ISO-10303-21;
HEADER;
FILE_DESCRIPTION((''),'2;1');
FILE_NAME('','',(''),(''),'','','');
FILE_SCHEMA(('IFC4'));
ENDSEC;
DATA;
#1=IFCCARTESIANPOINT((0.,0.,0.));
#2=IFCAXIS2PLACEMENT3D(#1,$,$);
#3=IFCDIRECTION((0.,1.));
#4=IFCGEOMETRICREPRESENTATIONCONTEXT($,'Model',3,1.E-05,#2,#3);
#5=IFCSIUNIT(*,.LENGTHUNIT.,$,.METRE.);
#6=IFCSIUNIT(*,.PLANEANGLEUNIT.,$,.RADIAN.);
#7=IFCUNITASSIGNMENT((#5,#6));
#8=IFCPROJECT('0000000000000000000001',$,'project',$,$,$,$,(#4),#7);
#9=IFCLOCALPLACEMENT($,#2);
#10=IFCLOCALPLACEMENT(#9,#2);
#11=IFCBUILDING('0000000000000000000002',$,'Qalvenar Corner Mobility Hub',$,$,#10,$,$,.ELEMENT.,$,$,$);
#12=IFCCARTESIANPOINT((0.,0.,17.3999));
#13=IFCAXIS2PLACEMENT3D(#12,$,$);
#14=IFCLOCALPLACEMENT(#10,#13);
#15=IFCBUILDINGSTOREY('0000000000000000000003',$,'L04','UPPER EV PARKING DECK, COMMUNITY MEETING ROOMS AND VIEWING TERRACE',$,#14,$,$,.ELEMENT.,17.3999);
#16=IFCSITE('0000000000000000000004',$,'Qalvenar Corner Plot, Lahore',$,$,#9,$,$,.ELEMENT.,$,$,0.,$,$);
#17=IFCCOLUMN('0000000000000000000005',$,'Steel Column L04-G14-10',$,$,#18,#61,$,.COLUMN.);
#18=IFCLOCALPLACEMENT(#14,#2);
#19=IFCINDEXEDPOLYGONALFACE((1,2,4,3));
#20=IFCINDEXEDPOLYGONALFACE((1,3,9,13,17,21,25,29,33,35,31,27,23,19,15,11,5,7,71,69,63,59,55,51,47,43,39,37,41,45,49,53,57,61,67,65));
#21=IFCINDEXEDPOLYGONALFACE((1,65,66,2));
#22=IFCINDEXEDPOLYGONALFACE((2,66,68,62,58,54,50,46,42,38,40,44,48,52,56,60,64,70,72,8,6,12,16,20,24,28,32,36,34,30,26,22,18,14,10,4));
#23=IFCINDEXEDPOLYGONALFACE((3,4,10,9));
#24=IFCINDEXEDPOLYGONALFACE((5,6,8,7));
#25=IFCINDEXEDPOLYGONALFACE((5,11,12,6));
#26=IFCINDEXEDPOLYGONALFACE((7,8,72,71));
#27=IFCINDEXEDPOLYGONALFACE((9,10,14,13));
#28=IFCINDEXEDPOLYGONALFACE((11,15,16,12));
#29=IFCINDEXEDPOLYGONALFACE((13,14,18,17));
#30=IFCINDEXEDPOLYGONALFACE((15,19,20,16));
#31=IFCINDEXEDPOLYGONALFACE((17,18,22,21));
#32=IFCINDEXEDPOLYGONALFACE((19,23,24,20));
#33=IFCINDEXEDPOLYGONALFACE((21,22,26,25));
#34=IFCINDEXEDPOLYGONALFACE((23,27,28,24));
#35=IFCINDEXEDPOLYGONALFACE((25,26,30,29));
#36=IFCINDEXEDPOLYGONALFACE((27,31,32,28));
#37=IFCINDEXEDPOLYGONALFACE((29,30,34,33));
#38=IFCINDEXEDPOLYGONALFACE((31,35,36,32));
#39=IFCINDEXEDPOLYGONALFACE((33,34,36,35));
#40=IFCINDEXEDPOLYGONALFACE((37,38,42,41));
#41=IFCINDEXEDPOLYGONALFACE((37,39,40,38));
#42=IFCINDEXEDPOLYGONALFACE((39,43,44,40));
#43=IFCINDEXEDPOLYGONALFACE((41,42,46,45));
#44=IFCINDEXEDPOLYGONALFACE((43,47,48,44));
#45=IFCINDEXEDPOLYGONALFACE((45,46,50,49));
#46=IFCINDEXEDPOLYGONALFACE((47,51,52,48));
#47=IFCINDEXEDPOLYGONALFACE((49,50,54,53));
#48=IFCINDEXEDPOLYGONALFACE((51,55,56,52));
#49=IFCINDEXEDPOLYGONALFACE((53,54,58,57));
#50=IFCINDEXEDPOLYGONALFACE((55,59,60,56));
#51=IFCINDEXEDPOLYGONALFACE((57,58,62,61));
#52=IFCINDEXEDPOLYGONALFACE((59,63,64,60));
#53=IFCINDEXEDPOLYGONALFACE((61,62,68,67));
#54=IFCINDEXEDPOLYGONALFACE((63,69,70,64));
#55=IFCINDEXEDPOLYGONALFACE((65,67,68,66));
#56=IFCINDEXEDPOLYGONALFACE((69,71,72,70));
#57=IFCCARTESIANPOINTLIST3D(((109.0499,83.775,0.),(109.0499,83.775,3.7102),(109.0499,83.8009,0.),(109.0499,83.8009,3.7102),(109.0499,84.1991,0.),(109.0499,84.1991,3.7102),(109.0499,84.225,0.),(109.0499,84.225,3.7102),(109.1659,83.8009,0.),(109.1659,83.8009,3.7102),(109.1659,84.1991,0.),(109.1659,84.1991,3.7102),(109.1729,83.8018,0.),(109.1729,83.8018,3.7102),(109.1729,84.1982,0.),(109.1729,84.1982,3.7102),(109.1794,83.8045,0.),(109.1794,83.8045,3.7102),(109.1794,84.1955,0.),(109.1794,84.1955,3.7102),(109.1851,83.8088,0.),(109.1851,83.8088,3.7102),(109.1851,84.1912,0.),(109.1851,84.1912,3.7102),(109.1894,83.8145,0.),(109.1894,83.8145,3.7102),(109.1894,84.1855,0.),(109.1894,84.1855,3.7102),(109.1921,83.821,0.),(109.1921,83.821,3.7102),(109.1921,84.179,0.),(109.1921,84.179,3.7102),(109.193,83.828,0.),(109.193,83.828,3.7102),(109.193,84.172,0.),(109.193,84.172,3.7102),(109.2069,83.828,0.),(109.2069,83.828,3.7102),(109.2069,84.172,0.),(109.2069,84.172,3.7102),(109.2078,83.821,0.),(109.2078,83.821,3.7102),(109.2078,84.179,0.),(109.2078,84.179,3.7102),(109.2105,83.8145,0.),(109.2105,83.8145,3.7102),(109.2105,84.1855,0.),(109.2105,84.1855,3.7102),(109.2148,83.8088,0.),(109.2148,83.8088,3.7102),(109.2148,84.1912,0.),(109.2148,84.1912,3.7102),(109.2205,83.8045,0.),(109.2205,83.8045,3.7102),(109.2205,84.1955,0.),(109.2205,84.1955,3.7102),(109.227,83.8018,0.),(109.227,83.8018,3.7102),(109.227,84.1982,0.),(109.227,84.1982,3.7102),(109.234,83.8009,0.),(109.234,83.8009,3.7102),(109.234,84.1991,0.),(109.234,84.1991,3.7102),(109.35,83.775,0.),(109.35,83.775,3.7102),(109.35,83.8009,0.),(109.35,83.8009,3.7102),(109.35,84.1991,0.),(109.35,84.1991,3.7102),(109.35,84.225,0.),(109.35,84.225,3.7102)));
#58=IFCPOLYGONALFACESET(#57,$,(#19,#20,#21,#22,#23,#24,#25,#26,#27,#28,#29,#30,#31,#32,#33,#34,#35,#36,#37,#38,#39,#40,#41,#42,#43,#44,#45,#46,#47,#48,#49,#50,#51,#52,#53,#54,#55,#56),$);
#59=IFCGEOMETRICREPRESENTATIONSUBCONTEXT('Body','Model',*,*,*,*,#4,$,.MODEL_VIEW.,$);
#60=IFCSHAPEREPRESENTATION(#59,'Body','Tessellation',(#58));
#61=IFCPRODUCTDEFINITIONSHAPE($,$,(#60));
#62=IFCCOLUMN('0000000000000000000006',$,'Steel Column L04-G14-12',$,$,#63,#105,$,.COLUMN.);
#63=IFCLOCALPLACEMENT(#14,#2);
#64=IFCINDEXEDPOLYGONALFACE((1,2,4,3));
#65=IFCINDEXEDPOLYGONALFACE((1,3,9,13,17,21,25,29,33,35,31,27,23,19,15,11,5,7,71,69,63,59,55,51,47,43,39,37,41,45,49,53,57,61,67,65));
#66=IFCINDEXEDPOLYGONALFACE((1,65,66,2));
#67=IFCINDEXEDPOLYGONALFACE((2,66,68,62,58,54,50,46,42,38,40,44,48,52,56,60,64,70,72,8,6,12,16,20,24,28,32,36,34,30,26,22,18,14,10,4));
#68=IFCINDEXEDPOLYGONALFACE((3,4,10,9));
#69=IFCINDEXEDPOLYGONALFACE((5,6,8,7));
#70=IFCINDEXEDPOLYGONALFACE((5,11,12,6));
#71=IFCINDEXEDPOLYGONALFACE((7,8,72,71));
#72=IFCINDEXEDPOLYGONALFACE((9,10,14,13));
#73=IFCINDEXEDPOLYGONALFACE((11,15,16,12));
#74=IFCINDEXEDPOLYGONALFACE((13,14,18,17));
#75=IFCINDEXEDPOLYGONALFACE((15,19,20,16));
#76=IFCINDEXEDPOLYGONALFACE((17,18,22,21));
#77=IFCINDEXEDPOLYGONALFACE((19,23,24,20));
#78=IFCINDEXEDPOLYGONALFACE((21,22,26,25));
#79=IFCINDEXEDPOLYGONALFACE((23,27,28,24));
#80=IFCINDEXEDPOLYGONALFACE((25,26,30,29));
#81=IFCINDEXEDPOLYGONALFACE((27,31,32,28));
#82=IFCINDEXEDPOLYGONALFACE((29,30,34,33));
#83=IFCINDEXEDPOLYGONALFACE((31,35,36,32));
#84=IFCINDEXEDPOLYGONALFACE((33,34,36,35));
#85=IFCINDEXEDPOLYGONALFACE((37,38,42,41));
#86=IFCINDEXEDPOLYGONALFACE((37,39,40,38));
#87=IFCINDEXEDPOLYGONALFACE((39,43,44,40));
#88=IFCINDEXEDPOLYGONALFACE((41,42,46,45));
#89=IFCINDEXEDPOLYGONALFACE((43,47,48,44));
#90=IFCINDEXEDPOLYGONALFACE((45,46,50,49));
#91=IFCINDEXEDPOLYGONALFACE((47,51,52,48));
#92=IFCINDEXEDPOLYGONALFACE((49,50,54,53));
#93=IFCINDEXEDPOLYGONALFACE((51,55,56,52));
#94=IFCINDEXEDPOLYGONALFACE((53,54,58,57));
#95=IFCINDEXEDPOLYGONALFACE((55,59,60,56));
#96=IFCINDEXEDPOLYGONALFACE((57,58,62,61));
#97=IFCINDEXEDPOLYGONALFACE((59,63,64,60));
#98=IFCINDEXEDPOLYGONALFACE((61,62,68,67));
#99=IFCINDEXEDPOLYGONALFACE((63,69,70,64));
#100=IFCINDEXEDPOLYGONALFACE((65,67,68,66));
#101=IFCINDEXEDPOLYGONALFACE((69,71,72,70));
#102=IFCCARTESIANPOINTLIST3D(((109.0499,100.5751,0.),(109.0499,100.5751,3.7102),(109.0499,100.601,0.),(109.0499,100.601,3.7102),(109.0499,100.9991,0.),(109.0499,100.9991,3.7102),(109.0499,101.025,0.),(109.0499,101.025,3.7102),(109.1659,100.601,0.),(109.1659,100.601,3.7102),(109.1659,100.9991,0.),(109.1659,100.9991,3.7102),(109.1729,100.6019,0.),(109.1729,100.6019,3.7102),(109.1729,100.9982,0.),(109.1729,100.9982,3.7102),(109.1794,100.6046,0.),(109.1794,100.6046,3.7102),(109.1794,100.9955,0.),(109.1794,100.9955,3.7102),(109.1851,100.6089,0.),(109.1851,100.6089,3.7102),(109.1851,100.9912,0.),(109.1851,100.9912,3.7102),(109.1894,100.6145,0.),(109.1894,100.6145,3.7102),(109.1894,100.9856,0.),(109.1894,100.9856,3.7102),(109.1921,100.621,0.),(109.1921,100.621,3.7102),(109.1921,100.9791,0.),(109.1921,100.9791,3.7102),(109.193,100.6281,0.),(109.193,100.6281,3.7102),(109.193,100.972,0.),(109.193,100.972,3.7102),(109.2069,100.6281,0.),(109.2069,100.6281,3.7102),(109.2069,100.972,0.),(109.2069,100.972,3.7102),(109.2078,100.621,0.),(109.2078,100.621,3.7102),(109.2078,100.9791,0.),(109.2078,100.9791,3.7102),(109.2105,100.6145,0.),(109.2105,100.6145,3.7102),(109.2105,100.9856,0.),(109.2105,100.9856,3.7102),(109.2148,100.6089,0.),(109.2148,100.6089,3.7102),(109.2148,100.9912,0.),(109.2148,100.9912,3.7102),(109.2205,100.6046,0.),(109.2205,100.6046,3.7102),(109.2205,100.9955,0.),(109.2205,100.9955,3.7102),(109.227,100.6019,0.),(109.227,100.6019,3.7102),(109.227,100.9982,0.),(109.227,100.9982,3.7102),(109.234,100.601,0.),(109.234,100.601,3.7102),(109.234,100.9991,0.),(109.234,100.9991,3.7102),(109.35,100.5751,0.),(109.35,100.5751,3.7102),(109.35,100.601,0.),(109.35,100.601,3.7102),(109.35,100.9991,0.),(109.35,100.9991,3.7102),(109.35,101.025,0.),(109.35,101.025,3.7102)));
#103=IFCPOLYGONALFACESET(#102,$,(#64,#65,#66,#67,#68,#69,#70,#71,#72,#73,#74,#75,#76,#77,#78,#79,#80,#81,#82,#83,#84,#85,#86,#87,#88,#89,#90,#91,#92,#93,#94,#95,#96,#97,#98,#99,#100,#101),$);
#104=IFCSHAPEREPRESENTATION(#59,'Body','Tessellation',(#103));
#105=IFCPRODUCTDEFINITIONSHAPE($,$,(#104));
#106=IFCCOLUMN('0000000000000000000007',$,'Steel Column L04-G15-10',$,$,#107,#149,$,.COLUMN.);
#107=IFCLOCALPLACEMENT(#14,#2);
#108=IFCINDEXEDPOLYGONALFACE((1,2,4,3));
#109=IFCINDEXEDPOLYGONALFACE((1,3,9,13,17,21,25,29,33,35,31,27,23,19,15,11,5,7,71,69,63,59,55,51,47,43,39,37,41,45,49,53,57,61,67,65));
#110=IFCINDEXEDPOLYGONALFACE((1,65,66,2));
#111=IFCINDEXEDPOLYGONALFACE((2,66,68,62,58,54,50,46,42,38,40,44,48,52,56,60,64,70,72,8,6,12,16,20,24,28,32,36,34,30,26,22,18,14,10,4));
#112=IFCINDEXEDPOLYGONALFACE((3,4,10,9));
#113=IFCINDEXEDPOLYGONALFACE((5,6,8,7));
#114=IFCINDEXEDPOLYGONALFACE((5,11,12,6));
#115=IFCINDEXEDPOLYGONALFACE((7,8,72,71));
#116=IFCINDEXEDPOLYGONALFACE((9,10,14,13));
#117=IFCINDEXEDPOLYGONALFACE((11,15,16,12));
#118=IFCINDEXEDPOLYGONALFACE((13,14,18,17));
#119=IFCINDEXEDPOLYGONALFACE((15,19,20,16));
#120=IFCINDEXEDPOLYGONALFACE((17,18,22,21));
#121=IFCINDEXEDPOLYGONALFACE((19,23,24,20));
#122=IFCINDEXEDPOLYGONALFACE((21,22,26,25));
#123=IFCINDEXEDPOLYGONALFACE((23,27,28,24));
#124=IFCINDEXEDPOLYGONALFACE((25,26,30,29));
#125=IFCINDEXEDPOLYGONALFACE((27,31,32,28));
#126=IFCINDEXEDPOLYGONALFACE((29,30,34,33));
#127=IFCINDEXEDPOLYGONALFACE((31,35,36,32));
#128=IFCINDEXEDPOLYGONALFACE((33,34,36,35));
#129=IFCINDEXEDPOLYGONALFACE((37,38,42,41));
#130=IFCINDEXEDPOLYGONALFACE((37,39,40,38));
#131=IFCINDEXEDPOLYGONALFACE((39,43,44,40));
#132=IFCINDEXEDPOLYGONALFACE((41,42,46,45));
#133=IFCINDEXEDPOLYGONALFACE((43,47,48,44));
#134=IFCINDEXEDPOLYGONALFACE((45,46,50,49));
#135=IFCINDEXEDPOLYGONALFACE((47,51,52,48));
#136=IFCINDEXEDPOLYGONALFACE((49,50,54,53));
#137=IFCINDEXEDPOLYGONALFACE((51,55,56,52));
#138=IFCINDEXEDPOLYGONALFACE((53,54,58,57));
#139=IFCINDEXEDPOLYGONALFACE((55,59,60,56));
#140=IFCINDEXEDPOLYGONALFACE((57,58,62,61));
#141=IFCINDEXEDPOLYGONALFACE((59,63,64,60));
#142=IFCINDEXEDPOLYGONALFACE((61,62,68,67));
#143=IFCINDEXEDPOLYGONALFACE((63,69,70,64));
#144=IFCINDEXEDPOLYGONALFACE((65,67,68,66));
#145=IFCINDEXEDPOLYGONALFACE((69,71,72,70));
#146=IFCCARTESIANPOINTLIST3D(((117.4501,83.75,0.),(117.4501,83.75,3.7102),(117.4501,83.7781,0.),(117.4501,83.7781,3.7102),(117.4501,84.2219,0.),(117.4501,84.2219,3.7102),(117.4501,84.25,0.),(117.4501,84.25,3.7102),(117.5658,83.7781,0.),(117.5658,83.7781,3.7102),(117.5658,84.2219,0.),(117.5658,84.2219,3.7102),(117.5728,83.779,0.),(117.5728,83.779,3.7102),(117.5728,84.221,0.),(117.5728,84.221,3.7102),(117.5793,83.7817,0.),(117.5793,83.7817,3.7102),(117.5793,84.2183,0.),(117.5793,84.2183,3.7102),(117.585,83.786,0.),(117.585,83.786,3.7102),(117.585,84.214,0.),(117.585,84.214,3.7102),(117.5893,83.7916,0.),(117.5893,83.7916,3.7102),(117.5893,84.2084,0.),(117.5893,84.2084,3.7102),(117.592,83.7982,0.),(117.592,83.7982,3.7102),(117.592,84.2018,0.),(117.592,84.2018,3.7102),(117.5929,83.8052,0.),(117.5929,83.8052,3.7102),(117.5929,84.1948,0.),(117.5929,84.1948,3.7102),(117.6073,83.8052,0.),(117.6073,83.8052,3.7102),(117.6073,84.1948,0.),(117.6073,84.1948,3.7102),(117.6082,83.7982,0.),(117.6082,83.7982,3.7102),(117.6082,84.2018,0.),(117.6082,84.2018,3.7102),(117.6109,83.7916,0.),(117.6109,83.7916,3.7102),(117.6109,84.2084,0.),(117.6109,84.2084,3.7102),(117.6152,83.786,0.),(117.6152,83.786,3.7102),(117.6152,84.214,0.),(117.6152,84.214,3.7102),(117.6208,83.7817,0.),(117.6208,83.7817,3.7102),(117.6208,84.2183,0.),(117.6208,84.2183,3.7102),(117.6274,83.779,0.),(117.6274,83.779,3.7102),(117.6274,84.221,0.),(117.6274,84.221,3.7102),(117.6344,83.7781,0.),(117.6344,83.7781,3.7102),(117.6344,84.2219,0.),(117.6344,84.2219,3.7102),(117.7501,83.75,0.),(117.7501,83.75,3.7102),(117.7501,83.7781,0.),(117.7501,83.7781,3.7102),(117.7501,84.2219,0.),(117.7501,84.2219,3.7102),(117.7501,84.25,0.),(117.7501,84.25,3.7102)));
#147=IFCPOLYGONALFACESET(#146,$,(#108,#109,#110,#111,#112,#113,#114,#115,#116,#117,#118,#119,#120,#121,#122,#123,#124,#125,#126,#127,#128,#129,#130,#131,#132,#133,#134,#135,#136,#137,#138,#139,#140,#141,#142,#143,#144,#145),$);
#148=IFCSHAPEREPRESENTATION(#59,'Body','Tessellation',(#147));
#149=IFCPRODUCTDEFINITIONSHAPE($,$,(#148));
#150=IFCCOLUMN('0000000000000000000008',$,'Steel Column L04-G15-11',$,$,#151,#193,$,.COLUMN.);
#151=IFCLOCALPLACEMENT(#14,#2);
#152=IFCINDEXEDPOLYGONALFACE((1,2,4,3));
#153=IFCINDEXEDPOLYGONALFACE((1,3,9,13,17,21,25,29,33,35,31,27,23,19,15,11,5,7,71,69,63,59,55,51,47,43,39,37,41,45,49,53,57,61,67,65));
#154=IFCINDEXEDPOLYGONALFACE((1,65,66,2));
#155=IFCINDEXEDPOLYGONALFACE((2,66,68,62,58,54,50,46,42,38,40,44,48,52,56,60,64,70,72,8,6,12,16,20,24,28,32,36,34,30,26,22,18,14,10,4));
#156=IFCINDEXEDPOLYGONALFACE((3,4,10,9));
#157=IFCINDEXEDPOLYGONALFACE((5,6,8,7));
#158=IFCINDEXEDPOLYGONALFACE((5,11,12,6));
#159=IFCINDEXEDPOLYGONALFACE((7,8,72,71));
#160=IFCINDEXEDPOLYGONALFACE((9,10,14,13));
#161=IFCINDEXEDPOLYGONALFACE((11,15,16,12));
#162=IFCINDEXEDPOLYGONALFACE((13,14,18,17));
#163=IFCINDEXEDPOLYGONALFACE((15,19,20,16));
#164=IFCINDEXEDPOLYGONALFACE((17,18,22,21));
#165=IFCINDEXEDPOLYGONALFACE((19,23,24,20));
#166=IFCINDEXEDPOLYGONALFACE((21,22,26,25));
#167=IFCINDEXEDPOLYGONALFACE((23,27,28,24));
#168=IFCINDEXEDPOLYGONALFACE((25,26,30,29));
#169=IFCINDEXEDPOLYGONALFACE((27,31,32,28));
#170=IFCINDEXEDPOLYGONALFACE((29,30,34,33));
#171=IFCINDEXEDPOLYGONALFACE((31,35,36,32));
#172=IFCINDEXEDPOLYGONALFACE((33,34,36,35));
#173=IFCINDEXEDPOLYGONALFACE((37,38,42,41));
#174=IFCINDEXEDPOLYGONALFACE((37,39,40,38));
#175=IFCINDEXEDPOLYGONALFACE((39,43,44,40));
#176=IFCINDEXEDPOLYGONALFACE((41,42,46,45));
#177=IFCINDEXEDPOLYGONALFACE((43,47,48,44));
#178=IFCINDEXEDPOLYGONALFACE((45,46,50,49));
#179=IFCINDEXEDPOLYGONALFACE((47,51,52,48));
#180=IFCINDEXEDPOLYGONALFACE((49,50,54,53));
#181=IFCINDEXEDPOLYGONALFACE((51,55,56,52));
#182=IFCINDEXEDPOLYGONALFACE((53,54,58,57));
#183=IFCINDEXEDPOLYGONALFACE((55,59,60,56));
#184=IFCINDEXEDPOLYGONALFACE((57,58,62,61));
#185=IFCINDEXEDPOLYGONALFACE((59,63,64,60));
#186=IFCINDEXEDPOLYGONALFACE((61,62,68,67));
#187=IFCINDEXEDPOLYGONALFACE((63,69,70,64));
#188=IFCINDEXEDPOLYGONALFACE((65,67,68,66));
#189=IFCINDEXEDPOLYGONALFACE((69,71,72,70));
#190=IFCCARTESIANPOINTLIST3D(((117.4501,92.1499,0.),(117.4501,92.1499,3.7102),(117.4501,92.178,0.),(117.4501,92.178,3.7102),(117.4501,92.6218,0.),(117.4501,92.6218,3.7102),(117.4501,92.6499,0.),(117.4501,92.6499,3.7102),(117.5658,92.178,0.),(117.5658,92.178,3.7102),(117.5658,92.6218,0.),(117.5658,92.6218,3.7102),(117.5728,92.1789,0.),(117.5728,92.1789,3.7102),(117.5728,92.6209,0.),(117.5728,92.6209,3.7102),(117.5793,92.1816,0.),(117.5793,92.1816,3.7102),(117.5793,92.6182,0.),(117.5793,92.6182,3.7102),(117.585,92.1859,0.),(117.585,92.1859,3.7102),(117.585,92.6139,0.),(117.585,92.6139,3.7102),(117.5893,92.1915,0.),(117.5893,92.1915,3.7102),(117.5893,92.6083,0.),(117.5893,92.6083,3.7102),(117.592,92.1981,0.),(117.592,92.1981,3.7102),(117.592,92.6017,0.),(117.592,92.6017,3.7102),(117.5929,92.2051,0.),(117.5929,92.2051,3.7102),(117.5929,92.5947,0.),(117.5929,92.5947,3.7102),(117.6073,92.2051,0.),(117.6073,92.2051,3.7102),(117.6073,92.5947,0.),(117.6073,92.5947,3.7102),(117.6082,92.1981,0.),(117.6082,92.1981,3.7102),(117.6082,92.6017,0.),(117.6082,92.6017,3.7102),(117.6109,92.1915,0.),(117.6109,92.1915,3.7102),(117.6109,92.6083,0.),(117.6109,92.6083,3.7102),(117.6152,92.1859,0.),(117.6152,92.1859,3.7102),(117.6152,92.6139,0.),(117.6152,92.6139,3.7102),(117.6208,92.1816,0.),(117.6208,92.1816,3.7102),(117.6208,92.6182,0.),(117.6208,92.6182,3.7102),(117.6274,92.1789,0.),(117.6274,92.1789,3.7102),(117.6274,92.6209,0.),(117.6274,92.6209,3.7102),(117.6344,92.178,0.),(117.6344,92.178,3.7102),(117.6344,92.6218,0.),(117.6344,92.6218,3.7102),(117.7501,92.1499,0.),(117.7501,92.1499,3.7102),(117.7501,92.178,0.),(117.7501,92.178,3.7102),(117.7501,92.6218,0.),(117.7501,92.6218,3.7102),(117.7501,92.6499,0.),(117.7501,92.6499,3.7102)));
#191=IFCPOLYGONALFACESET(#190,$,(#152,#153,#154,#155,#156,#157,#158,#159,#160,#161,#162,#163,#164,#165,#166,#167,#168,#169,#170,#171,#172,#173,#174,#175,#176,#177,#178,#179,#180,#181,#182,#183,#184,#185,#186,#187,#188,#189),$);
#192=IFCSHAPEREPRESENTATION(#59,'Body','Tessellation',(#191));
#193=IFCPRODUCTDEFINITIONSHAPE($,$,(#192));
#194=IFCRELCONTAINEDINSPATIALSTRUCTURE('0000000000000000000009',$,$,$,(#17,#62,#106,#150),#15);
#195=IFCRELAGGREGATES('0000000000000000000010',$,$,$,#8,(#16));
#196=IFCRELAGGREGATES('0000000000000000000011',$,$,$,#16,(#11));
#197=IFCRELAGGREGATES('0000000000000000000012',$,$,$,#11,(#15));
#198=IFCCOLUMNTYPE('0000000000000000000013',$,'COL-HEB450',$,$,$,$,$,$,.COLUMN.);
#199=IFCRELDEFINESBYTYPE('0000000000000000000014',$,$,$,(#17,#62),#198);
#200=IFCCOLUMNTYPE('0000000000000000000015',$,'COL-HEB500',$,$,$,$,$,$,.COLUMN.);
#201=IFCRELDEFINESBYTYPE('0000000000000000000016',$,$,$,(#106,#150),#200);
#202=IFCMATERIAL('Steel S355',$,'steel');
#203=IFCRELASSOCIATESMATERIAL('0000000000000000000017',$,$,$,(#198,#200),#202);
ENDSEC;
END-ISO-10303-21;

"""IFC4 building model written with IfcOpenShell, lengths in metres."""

from ifc_helpers import new_model, si_unit, direction, frame, origin, origin_2d, place, context, subcontext, project, spatial, i_section, extrude, material, material_profile, profile_set, type_object, element, save


model = new_model("IFC4")

# Units and contexts
model_context = context("Model", 3, precision=1e-05, world=origin(), true_north=direction((0.0, 1.0)))
body_context = subcontext(model_context, "Body", "Model", "MODEL_VIEW")
ifc_project = project(units=[si_unit("LENGTHUNIT", "METRE"), si_unit("PLANEANGLEUNIT", "RADIAN")], contexts=[model_context])

# Site, building, storey
site_placement = place(None, origin())
site = spatial("IfcSite", under=ifc_project, at=site_placement, Name="Qalvenar Corner Plot, Lahore", CompositionType="ELEMENT", RefElevation=0.0)
building_placement = place(site_placement, origin())
building = spatial("IfcBuilding", under=site, at=building_placement, Name="Qalvenar Corner Mobility Hub", CompositionType="ELEMENT")
storey_placement = place(building_placement, frame((0.0, 0.0, 17.3999)))
storey = spatial("IfcBuildingStorey", under=building, at=storey_placement, Name="L04", Description="UPPER EV PARKING DECK, COMMUNITY MEETING ROOMS AND VIEWING TERRACE", CompositionType="ELEMENT", Elevation=17.3999)

# Columns
ifc_material = material(Name="Steel S355", Category="steel")
ifc_material_profile_1 = material_profile(ifc_material, i_section(OverallWidth=0.3, OverallDepth=0.45, WebThickness=0.0139, FlangeThickness=0.0259, FilletRadius=0.0271, at=origin_2d()), Name="HEB450")
ifc_profile_set_1 = profile_set([ifc_material_profile_1], Name="Steel S355")
column_type_1 = type_object("IfcColumnType", Name="COL-HEB450", PredefinedType="COLUMN", material=ifc_profile_set_1)
for number, where, z_axis, x_axis, name in (
    (1, (109.2, 84.0, 0.0), (0.0, 0.0, 1.0), (1.0, 0.0, 0.0), "Steel Column L04-G14-10"),
    (2, (109.2, 100.8, 0.0), (0.0, 0.0, 1.0), (1.0, 0.0, 0.0), "Steel Column L04-G14-12"),
):
    element("IfcColumn", number, at=place(storey_placement, frame(where, z_axis=z_axis, x_axis=x_axis)), inside=storey, type_object=column_type_1, Name=name, PredefinedType="COLUMN", context=body_context, shape_type="SweptSolid", body=[
        extrude(i_section(OverallWidth=0.3, OverallDepth=0.45, WebThickness=0.0139, FlangeThickness=0.0259, FilletRadius=0.0271, at=origin_2d()), origin(), (0.0, 0.0, 1.0), 3.7102),
    ])
ifc_material_profile_2 = material_profile(ifc_material, i_section(OverallWidth=0.3, OverallDepth=0.5, WebThickness=0.0144, FlangeThickness=0.0281, FilletRadius=0.0271, at=origin_2d()), Name="HEB500")
ifc_profile_set_2 = profile_set([ifc_material_profile_2], Name="Steel S355")
column_type_2 = type_object("IfcColumnType", Name="COL-HEB500", PredefinedType="COLUMN", material=ifc_profile_set_2)
for number, where, z_axis, x_axis, name in (
    (3, (117.6001, 84.0, 0.0), (0.0, 0.0, 1.0), (1.0, 0.0, 0.0), "Steel Column L04-G15-10"),
    (4, (117.6001, 92.3999, 0.0), (0.0, 0.0, 1.0), (1.0, 0.0, 0.0), "Steel Column L04-G15-11"),
):
    element("IfcColumn", number, at=place(storey_placement, frame(where, z_axis=z_axis, x_axis=x_axis)), inside=storey, type_object=column_type_2, Name=name, PredefinedType="COLUMN", context=body_context, shape_type="SweptSolid", body=[
        extrude(i_section(OverallWidth=0.3, OverallDepth=0.5, WebThickness=0.0144, FlangeThickness=0.0281, FilletRadius=0.0271, at=origin_2d()), origin(), (0.0, 0.0, 1.0), 3.7102),
    ])

save(model, "model.ifc")
